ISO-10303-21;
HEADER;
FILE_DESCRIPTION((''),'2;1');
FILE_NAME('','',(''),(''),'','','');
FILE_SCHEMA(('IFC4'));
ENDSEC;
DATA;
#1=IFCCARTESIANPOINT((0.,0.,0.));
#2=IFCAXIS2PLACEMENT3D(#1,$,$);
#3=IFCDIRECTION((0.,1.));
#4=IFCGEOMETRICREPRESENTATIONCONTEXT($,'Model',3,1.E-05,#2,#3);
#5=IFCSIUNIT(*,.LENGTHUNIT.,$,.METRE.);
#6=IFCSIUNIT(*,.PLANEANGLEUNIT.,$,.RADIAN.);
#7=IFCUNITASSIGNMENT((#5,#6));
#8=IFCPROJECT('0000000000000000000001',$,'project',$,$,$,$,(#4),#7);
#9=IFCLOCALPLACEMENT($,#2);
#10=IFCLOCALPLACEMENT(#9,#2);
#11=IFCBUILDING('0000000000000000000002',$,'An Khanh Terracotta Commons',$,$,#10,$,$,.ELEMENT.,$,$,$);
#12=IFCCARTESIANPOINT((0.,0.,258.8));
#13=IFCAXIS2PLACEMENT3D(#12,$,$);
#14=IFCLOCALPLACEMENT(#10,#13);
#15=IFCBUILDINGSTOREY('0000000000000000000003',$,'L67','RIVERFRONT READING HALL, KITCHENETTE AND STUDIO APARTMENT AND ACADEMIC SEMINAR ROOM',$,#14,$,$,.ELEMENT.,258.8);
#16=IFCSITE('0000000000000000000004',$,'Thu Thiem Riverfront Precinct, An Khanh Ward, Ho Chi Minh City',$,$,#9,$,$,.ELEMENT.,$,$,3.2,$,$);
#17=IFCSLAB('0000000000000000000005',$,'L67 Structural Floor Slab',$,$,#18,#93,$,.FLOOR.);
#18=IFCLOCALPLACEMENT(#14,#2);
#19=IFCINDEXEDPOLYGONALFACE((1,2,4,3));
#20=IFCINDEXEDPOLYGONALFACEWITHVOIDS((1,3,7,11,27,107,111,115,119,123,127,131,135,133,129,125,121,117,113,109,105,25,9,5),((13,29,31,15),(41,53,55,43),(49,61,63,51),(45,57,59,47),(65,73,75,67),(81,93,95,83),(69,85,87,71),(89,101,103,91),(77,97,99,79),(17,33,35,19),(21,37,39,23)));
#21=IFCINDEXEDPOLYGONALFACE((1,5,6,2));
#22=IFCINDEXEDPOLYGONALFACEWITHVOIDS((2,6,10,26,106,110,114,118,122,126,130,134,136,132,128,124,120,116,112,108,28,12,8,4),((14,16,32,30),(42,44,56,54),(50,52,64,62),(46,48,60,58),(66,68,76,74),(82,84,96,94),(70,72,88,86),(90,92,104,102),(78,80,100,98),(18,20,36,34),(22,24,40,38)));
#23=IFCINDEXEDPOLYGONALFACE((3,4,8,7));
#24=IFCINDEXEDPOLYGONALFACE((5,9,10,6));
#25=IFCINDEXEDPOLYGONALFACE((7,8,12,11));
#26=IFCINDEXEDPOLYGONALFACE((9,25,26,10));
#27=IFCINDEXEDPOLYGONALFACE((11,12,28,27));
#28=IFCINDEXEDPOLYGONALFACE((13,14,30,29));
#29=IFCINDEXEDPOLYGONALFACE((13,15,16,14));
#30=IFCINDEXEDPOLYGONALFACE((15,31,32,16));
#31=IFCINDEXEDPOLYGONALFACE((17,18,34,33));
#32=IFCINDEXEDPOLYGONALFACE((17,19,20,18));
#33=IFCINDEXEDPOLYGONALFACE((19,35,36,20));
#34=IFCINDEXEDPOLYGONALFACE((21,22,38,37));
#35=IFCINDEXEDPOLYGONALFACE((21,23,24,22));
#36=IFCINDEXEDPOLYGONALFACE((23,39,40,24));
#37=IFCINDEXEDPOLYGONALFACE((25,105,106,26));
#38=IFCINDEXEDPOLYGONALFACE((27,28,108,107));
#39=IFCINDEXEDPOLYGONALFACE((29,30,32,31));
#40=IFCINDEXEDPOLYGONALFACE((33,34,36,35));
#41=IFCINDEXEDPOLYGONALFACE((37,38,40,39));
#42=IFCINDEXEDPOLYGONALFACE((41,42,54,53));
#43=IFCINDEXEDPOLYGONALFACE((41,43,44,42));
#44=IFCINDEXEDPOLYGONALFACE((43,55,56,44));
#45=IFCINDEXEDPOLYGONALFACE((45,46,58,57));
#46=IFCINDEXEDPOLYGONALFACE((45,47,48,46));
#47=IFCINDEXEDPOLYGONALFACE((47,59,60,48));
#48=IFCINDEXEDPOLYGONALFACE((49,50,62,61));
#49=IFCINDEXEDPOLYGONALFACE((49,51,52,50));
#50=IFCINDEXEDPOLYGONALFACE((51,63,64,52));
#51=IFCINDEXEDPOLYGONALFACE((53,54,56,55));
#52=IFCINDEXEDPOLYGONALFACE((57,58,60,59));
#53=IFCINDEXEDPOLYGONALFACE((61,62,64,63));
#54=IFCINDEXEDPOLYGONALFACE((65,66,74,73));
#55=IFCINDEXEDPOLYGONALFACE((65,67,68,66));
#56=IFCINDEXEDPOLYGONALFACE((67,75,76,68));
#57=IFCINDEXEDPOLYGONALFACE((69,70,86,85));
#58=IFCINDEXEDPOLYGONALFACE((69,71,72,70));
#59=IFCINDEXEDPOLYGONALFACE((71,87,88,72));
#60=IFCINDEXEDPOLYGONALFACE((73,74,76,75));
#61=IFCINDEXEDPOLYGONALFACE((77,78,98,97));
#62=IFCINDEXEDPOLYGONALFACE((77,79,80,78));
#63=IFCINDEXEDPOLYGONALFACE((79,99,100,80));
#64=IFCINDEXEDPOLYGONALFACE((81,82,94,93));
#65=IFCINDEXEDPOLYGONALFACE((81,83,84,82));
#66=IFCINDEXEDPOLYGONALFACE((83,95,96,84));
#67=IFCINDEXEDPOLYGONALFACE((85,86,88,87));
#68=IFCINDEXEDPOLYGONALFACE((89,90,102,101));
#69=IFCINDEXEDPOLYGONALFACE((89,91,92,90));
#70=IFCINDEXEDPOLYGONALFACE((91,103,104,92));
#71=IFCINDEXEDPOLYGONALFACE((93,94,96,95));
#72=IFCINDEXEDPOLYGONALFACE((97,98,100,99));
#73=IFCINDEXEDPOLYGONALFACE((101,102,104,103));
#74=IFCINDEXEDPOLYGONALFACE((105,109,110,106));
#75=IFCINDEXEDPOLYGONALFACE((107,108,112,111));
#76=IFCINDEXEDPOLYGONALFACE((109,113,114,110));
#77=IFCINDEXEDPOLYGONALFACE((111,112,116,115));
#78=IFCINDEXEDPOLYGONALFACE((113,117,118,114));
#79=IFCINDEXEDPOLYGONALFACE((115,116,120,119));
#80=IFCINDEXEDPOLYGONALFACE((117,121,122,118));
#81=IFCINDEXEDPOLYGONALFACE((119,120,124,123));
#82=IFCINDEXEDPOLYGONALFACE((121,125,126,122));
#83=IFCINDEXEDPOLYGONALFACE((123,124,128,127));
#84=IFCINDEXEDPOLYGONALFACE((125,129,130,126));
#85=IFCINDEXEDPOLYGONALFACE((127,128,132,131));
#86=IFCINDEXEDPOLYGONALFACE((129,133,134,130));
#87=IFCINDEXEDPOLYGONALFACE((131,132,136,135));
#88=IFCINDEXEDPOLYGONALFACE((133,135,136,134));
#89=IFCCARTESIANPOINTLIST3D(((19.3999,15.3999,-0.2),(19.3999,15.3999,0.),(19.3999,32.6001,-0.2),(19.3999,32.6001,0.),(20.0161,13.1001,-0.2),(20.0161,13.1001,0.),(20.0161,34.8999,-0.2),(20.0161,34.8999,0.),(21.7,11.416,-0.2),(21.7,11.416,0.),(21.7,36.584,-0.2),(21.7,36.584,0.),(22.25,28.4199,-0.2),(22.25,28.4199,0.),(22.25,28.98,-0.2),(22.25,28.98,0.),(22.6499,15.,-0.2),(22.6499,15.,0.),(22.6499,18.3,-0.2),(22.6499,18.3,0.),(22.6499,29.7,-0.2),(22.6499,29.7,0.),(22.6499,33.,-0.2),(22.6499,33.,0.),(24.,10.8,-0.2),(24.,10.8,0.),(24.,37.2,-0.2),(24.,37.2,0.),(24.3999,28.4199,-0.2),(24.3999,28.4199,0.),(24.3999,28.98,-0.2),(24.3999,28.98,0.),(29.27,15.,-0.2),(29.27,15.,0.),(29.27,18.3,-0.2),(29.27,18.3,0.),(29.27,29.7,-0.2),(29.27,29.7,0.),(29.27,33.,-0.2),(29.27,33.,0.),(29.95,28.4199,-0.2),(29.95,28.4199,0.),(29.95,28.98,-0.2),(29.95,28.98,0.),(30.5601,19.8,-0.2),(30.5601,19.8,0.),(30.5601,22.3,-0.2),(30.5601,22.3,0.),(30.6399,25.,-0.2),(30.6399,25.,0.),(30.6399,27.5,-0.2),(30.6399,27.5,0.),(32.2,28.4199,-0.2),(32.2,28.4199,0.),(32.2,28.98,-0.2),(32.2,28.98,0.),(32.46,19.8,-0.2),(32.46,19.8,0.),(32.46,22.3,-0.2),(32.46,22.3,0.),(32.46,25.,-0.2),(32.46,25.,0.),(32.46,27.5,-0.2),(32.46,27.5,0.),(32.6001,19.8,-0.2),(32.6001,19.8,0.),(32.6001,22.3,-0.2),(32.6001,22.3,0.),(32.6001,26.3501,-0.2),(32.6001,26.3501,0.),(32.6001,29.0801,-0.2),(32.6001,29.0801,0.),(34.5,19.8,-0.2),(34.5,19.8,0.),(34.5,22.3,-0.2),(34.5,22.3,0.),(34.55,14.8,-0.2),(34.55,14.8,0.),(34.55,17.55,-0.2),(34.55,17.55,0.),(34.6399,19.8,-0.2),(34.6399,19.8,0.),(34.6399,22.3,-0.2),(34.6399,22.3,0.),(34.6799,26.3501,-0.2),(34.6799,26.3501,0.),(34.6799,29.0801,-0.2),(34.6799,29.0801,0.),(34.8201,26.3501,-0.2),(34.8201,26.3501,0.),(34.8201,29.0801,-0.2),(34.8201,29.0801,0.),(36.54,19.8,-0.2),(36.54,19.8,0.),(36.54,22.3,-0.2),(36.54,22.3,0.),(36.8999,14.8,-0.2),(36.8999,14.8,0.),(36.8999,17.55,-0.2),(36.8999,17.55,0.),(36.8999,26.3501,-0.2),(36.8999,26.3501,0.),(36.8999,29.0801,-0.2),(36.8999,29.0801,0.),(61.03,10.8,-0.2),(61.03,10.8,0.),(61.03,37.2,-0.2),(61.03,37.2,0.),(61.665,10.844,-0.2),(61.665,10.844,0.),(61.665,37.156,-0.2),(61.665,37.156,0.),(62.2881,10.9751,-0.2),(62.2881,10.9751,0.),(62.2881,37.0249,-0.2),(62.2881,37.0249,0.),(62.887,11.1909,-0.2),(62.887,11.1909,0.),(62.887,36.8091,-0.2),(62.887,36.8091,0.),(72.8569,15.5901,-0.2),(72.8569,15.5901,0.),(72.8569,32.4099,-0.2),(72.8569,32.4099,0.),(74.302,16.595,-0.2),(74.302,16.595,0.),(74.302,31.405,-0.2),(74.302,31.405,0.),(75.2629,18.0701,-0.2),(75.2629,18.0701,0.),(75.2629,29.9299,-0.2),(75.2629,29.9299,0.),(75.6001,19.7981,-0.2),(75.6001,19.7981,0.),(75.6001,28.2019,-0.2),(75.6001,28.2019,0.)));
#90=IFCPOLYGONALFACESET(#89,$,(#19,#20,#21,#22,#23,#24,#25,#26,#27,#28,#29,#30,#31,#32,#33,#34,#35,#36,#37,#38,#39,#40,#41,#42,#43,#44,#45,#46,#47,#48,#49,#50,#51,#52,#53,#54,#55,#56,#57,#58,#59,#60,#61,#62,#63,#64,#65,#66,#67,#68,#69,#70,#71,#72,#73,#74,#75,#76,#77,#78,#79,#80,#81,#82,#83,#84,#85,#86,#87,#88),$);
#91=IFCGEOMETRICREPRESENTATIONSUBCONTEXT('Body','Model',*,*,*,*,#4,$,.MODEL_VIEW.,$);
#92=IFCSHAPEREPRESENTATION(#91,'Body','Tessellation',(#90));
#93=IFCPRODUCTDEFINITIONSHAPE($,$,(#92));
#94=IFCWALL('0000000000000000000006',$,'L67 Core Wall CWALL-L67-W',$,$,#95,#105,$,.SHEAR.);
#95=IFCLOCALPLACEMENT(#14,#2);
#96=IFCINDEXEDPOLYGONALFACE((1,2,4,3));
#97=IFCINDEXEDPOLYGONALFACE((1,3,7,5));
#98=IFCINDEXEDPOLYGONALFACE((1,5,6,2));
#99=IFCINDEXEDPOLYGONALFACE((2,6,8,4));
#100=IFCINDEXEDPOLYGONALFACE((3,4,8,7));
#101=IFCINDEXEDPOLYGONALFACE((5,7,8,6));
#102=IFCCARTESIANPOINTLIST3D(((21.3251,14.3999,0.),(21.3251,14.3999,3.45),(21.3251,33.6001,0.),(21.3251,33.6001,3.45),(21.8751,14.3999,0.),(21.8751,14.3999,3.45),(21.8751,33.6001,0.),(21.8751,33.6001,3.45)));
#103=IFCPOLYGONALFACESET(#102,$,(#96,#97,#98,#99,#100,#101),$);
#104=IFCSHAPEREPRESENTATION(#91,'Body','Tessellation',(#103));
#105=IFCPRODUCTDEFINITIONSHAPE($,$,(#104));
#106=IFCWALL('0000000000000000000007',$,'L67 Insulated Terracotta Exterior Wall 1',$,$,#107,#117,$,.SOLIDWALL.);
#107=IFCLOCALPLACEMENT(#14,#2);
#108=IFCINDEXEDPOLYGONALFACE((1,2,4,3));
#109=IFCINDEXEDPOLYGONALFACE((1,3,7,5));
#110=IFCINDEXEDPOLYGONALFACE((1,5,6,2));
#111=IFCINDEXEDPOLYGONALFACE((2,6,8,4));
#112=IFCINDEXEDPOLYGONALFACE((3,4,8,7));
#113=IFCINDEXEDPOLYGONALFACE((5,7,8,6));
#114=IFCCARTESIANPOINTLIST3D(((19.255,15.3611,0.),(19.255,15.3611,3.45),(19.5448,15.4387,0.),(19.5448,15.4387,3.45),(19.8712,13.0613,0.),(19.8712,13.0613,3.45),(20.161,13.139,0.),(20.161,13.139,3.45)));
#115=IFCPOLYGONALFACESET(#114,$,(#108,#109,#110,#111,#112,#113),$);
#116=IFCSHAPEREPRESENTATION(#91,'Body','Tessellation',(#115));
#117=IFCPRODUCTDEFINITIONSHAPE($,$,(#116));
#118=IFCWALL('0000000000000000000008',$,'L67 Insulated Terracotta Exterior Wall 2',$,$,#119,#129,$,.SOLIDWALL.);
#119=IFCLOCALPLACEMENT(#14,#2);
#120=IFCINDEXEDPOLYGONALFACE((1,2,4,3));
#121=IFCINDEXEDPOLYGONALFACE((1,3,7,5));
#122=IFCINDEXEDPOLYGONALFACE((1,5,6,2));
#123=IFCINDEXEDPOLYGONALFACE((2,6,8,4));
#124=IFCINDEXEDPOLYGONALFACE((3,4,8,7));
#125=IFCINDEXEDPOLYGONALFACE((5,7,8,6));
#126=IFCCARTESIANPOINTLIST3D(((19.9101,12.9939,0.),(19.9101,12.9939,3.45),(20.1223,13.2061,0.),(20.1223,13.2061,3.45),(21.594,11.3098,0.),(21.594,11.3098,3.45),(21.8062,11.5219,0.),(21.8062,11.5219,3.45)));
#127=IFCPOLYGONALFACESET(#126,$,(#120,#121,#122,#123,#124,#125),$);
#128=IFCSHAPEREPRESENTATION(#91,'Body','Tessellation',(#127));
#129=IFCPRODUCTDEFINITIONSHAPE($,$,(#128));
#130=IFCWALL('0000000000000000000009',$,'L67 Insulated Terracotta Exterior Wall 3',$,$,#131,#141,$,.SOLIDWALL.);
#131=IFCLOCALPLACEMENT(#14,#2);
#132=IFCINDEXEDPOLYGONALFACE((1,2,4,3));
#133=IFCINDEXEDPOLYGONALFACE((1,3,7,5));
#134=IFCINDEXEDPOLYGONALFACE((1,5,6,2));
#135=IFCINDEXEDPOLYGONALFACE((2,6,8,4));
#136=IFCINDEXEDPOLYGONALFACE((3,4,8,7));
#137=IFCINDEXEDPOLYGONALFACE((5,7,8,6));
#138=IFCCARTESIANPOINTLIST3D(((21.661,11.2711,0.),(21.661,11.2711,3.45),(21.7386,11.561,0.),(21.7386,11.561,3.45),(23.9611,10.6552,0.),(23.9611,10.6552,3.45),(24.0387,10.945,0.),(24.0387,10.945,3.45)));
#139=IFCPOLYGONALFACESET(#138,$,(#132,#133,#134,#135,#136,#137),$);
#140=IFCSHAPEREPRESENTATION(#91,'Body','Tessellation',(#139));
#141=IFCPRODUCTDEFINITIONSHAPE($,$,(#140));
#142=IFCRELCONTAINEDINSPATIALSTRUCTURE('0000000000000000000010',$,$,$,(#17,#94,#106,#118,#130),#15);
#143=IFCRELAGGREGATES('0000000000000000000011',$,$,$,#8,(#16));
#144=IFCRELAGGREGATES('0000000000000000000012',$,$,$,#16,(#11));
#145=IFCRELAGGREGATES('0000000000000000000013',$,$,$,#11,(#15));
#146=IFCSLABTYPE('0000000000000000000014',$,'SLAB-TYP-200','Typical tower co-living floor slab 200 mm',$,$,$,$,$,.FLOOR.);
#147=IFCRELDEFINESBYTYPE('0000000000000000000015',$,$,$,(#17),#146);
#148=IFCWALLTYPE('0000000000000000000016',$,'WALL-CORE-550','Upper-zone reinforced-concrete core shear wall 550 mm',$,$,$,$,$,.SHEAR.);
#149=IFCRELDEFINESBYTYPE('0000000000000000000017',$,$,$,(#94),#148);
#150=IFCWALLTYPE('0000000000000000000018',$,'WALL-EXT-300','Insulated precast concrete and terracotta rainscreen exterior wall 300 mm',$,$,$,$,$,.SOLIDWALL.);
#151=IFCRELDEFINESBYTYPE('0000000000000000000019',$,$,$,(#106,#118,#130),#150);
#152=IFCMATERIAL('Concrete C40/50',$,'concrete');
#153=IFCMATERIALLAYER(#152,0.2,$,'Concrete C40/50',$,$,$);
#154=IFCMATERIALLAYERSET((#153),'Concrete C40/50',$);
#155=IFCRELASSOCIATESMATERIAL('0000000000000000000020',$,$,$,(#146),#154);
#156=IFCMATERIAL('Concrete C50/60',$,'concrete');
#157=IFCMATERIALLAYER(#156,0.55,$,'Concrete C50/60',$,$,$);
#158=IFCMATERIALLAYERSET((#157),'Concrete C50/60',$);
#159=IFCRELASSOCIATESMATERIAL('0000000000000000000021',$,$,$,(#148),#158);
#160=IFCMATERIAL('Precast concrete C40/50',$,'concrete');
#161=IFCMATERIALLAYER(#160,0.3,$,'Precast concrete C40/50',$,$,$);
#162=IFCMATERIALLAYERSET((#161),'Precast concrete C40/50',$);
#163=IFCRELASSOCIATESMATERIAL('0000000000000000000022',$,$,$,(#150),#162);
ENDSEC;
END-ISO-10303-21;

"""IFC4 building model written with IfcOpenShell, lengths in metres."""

from ifc_helpers import new_model, si_unit, direction, frame, frame_2d, origin, place, context, subcontext, project, spatial, polyline, rectangle, outline, extrude, material, layer, layer_set, type_object, element, save


model = new_model("IFC4")

# Units and contexts
model_context = context("Model", 3, precision=1e-05, world=origin(), true_north=direction((0.0, 1.0)))
body_context = subcontext(model_context, "Body", "Model", "MODEL_VIEW")
ifc_project = project(units=[si_unit("LENGTHUNIT", "METRE"), si_unit("PLANEANGLEUNIT", "RADIAN")], contexts=[model_context])

# Site, building, storey
site_placement = place(None, origin())
site = spatial("IfcSite", under=ifc_project, at=site_placement, Name="Thu Thiem Riverfront Precinct, An Khanh Ward, Ho Chi Minh City", CompositionType="ELEMENT", RefElevation=3.2)
building_placement = place(site_placement, origin())
building = spatial("IfcBuilding", under=site, at=building_placement, Name="An Khanh Terracotta Commons", CompositionType="ELEMENT")
storey_placement = place(building_placement, frame((0.0, 0.0, 258.8)))
storey = spatial("IfcBuildingStorey", under=building, at=storey_placement, Name="L67", Description="RIVERFRONT READING HALL, KITCHENETTE AND STUDIO APARTMENT AND ACADEMIC SEMINAR ROOM", CompositionType="ELEMENT", Elevation=258.8)

# Shared definitions
ifc_material_1 = material(Name="Concrete C50/60", Category="concrete")

# Shared definitions
ifc_material_2 = material(Name="Concrete C40/50", Category="concrete")

# Shared definitions
ifc_material_3 = material(Name="Precast concrete C40/50", Category="concrete")

# Slab
ifc_layer_1 = layer(ifc_material_2, 0.2, Name="Concrete C40/50")
ifc_layer_set_1 = layer_set([ifc_layer_1], Name="Concrete C40/50")
slab_type_1 = type_object("IfcSlabType", Name="SLAB-TYP-200", Description="Typical tower co-living floor slab 200 mm", PredefinedType="FLOOR", material=ifc_layer_set_1)
slab_1_placement = place(storey_placement, frame((0.0, 0.0, -0.2)))
element("IfcSlab", 1, at=slab_1_placement, inside=storey, type_object=slab_type_1, Name="L67 Structural Floor Slab", PredefinedType="FLOOR", context=body_context, shape_type="SweptSolid", body=[
    extrude(outline(polyline([(19.3999, 15.3999), (20.0161, 13.1001), (21.7, 11.416), (24.0, 10.8), (61.03, 10.8), (61.665, 10.844), (62.2881, 10.9751), (62.887, 11.1909), (72.8569, 15.5901), (74.302, 16.595), (75.2629, 18.0701), (75.6001, 19.7981), (75.6001, 28.2019), (75.2629, 29.9299), (74.302, 31.405), (72.8569, 32.4099), (62.887, 36.8091), (62.2881, 37.0249), (61.665, 37.156), (61.03, 37.2), (24.0, 37.2), (21.7, 36.584), (20.0161, 34.8999), (19.3999, 32.6001), (19.3999, 15.3999)]), holes=[polyline([(22.6499, 29.7), (29.27, 29.7), (29.27, 33.0), (22.6499, 33.0), (22.6499, 29.7)]), polyline([(22.6499, 15.0), (29.27, 15.0), (29.27, 18.3), (22.6499, 18.3), (22.6499, 15.0)]), polyline([(32.6001, 26.3501), (34.6799, 26.3501), (34.6799, 29.0801), (32.6001, 29.0801), (32.6001, 26.3501)]), polyline([(34.8201, 26.3501), (36.8999, 26.3501), (36.8999, 29.0801), (34.8201, 29.0801), (34.8201, 26.3501)]), polyline([(34.55, 14.8), (36.8999, 14.8), (36.8999, 17.55), (34.55, 17.55), (34.55, 14.8)]), polyline([(30.6399, 25.0), (32.46, 25.0), (32.46, 27.5), (30.6399, 27.5), (30.6399, 25.0)]), polyline([(30.5601, 19.8), (32.46, 19.8), (32.46, 22.3), (30.5601, 22.3), (30.5601, 19.8)]), polyline([(32.6001, 19.8), (34.5, 19.8), (34.5, 22.3), (32.6001, 22.3), (32.6001, 19.8)]), polyline([(34.6399, 19.8), (36.54, 19.8), (36.54, 22.3), (34.6399, 22.3), (34.6399, 19.8)]), polyline([(22.25, 28.4199), (24.3999, 28.4199), (24.3999, 28.98), (22.25, 28.98), (22.25, 28.4199)]), polyline([(29.95, 28.4199), (32.2, 28.4199), (32.2, 28.98), (29.95, 28.98), (29.95, 28.4199)])]), origin(), (0.0, 0.0, 1.0), 0.2),
])

# Walls
ifc_layer_2 = layer(ifc_material_1, 0.55, Name="Concrete C50/60")
ifc_layer_set_2 = layer_set([ifc_layer_2], Name="Concrete C50/60")
wall_type_1 = type_object("IfcWallType", Name="WALL-CORE-550", Description="Upper-zone reinforced-concrete core shear wall 550 mm", PredefinedType="SHEAR", material=ifc_layer_set_2)
wall_1_placement = place(storey_placement, frame((21.6001, 14.3999, 0.0), z_axis=(0.0, 0.0, 1.0), x_axis=(0.0, 1.0, 0.0)))
element("IfcWall", 2, at=wall_1_placement, inside=storey, type_object=wall_type_1, Name="L67 Core Wall CWALL-L67-W", PredefinedType="SHEAR", context=body_context, shape_type="SweptSolid", body=[
    extrude(rectangle(XDim=19.2002, YDim=0.55, at=frame_2d((9.6001, 0.0))), origin(), (0.0, 0.0, 1.0), 3.45),
])
ifc_layer_3 = layer(ifc_material_3, 0.3, Name="Precast concrete C40/50")
ifc_layer_set_3 = layer_set([ifc_layer_3], Name="Precast concrete C40/50")
wall_type_2 = type_object("IfcWallType", Name="WALL-EXT-300", Description="Insulated precast concrete and terracotta rainscreen exterior wall 300 mm", PredefinedType="SOLIDWALL", material=ifc_layer_set_3)
wall_2_placement = place(storey_placement, frame((19.3999, 15.3999, 0.0), z_axis=(0.0, 0.0, 1.0), x_axis=(0.258811, -0.965928, 0.0)))
element("IfcWall", 3, at=wall_2_placement, inside=storey, type_object=wall_type_2, Name="L67 Insulated Terracotta Exterior Wall 1", PredefinedType="SOLIDWALL", context=body_context, shape_type="SweptSolid", body=[
    extrude(rectangle(XDim=2.3809, YDim=0.3, at=frame_2d((1.1904, 0.0))), origin(), (0.0, 0.0, 1.0), 3.45),
])
wall_3_placement = place(storey_placement, frame((20.0161, 13.1001, 0.0), z_axis=(0.0, 0.0, 1.0), x_axis=(0.707056, -0.707158, 0.0)))
element("IfcWall", 4, at=wall_3_placement, inside=storey, type_object=wall_type_2, Name="L67 Insulated Terracotta Exterior Wall 2", PredefinedType="SOLIDWALL", context=body_context, shape_type="SweptSolid", body=[
    extrude(rectangle(XDim=2.3816, YDim=0.3, at=frame_2d((1.1909, 0.0))), origin(), (0.0, 0.0, 1.0), 3.45),
])
wall_4_placement = place(storey_placement, frame((21.7, 11.416, 0.0), z_axis=(0.0, 0.0, 1.0), x_axis=(0.96596, -0.25869, 0.0)))
element("IfcWall", 5, at=wall_4_placement, inside=storey, type_object=wall_type_2, Name="L67 Insulated Terracotta Exterior Wall 3", PredefinedType="SOLIDWALL", context=body_context, shape_type="SweptSolid", body=[
    extrude(rectangle(XDim=2.3811, YDim=0.3, at=frame_2d((1.1904, 0.0))), origin(), (0.0, 0.0, 1.0), 3.45),
])

save(model, "model.ifc")
